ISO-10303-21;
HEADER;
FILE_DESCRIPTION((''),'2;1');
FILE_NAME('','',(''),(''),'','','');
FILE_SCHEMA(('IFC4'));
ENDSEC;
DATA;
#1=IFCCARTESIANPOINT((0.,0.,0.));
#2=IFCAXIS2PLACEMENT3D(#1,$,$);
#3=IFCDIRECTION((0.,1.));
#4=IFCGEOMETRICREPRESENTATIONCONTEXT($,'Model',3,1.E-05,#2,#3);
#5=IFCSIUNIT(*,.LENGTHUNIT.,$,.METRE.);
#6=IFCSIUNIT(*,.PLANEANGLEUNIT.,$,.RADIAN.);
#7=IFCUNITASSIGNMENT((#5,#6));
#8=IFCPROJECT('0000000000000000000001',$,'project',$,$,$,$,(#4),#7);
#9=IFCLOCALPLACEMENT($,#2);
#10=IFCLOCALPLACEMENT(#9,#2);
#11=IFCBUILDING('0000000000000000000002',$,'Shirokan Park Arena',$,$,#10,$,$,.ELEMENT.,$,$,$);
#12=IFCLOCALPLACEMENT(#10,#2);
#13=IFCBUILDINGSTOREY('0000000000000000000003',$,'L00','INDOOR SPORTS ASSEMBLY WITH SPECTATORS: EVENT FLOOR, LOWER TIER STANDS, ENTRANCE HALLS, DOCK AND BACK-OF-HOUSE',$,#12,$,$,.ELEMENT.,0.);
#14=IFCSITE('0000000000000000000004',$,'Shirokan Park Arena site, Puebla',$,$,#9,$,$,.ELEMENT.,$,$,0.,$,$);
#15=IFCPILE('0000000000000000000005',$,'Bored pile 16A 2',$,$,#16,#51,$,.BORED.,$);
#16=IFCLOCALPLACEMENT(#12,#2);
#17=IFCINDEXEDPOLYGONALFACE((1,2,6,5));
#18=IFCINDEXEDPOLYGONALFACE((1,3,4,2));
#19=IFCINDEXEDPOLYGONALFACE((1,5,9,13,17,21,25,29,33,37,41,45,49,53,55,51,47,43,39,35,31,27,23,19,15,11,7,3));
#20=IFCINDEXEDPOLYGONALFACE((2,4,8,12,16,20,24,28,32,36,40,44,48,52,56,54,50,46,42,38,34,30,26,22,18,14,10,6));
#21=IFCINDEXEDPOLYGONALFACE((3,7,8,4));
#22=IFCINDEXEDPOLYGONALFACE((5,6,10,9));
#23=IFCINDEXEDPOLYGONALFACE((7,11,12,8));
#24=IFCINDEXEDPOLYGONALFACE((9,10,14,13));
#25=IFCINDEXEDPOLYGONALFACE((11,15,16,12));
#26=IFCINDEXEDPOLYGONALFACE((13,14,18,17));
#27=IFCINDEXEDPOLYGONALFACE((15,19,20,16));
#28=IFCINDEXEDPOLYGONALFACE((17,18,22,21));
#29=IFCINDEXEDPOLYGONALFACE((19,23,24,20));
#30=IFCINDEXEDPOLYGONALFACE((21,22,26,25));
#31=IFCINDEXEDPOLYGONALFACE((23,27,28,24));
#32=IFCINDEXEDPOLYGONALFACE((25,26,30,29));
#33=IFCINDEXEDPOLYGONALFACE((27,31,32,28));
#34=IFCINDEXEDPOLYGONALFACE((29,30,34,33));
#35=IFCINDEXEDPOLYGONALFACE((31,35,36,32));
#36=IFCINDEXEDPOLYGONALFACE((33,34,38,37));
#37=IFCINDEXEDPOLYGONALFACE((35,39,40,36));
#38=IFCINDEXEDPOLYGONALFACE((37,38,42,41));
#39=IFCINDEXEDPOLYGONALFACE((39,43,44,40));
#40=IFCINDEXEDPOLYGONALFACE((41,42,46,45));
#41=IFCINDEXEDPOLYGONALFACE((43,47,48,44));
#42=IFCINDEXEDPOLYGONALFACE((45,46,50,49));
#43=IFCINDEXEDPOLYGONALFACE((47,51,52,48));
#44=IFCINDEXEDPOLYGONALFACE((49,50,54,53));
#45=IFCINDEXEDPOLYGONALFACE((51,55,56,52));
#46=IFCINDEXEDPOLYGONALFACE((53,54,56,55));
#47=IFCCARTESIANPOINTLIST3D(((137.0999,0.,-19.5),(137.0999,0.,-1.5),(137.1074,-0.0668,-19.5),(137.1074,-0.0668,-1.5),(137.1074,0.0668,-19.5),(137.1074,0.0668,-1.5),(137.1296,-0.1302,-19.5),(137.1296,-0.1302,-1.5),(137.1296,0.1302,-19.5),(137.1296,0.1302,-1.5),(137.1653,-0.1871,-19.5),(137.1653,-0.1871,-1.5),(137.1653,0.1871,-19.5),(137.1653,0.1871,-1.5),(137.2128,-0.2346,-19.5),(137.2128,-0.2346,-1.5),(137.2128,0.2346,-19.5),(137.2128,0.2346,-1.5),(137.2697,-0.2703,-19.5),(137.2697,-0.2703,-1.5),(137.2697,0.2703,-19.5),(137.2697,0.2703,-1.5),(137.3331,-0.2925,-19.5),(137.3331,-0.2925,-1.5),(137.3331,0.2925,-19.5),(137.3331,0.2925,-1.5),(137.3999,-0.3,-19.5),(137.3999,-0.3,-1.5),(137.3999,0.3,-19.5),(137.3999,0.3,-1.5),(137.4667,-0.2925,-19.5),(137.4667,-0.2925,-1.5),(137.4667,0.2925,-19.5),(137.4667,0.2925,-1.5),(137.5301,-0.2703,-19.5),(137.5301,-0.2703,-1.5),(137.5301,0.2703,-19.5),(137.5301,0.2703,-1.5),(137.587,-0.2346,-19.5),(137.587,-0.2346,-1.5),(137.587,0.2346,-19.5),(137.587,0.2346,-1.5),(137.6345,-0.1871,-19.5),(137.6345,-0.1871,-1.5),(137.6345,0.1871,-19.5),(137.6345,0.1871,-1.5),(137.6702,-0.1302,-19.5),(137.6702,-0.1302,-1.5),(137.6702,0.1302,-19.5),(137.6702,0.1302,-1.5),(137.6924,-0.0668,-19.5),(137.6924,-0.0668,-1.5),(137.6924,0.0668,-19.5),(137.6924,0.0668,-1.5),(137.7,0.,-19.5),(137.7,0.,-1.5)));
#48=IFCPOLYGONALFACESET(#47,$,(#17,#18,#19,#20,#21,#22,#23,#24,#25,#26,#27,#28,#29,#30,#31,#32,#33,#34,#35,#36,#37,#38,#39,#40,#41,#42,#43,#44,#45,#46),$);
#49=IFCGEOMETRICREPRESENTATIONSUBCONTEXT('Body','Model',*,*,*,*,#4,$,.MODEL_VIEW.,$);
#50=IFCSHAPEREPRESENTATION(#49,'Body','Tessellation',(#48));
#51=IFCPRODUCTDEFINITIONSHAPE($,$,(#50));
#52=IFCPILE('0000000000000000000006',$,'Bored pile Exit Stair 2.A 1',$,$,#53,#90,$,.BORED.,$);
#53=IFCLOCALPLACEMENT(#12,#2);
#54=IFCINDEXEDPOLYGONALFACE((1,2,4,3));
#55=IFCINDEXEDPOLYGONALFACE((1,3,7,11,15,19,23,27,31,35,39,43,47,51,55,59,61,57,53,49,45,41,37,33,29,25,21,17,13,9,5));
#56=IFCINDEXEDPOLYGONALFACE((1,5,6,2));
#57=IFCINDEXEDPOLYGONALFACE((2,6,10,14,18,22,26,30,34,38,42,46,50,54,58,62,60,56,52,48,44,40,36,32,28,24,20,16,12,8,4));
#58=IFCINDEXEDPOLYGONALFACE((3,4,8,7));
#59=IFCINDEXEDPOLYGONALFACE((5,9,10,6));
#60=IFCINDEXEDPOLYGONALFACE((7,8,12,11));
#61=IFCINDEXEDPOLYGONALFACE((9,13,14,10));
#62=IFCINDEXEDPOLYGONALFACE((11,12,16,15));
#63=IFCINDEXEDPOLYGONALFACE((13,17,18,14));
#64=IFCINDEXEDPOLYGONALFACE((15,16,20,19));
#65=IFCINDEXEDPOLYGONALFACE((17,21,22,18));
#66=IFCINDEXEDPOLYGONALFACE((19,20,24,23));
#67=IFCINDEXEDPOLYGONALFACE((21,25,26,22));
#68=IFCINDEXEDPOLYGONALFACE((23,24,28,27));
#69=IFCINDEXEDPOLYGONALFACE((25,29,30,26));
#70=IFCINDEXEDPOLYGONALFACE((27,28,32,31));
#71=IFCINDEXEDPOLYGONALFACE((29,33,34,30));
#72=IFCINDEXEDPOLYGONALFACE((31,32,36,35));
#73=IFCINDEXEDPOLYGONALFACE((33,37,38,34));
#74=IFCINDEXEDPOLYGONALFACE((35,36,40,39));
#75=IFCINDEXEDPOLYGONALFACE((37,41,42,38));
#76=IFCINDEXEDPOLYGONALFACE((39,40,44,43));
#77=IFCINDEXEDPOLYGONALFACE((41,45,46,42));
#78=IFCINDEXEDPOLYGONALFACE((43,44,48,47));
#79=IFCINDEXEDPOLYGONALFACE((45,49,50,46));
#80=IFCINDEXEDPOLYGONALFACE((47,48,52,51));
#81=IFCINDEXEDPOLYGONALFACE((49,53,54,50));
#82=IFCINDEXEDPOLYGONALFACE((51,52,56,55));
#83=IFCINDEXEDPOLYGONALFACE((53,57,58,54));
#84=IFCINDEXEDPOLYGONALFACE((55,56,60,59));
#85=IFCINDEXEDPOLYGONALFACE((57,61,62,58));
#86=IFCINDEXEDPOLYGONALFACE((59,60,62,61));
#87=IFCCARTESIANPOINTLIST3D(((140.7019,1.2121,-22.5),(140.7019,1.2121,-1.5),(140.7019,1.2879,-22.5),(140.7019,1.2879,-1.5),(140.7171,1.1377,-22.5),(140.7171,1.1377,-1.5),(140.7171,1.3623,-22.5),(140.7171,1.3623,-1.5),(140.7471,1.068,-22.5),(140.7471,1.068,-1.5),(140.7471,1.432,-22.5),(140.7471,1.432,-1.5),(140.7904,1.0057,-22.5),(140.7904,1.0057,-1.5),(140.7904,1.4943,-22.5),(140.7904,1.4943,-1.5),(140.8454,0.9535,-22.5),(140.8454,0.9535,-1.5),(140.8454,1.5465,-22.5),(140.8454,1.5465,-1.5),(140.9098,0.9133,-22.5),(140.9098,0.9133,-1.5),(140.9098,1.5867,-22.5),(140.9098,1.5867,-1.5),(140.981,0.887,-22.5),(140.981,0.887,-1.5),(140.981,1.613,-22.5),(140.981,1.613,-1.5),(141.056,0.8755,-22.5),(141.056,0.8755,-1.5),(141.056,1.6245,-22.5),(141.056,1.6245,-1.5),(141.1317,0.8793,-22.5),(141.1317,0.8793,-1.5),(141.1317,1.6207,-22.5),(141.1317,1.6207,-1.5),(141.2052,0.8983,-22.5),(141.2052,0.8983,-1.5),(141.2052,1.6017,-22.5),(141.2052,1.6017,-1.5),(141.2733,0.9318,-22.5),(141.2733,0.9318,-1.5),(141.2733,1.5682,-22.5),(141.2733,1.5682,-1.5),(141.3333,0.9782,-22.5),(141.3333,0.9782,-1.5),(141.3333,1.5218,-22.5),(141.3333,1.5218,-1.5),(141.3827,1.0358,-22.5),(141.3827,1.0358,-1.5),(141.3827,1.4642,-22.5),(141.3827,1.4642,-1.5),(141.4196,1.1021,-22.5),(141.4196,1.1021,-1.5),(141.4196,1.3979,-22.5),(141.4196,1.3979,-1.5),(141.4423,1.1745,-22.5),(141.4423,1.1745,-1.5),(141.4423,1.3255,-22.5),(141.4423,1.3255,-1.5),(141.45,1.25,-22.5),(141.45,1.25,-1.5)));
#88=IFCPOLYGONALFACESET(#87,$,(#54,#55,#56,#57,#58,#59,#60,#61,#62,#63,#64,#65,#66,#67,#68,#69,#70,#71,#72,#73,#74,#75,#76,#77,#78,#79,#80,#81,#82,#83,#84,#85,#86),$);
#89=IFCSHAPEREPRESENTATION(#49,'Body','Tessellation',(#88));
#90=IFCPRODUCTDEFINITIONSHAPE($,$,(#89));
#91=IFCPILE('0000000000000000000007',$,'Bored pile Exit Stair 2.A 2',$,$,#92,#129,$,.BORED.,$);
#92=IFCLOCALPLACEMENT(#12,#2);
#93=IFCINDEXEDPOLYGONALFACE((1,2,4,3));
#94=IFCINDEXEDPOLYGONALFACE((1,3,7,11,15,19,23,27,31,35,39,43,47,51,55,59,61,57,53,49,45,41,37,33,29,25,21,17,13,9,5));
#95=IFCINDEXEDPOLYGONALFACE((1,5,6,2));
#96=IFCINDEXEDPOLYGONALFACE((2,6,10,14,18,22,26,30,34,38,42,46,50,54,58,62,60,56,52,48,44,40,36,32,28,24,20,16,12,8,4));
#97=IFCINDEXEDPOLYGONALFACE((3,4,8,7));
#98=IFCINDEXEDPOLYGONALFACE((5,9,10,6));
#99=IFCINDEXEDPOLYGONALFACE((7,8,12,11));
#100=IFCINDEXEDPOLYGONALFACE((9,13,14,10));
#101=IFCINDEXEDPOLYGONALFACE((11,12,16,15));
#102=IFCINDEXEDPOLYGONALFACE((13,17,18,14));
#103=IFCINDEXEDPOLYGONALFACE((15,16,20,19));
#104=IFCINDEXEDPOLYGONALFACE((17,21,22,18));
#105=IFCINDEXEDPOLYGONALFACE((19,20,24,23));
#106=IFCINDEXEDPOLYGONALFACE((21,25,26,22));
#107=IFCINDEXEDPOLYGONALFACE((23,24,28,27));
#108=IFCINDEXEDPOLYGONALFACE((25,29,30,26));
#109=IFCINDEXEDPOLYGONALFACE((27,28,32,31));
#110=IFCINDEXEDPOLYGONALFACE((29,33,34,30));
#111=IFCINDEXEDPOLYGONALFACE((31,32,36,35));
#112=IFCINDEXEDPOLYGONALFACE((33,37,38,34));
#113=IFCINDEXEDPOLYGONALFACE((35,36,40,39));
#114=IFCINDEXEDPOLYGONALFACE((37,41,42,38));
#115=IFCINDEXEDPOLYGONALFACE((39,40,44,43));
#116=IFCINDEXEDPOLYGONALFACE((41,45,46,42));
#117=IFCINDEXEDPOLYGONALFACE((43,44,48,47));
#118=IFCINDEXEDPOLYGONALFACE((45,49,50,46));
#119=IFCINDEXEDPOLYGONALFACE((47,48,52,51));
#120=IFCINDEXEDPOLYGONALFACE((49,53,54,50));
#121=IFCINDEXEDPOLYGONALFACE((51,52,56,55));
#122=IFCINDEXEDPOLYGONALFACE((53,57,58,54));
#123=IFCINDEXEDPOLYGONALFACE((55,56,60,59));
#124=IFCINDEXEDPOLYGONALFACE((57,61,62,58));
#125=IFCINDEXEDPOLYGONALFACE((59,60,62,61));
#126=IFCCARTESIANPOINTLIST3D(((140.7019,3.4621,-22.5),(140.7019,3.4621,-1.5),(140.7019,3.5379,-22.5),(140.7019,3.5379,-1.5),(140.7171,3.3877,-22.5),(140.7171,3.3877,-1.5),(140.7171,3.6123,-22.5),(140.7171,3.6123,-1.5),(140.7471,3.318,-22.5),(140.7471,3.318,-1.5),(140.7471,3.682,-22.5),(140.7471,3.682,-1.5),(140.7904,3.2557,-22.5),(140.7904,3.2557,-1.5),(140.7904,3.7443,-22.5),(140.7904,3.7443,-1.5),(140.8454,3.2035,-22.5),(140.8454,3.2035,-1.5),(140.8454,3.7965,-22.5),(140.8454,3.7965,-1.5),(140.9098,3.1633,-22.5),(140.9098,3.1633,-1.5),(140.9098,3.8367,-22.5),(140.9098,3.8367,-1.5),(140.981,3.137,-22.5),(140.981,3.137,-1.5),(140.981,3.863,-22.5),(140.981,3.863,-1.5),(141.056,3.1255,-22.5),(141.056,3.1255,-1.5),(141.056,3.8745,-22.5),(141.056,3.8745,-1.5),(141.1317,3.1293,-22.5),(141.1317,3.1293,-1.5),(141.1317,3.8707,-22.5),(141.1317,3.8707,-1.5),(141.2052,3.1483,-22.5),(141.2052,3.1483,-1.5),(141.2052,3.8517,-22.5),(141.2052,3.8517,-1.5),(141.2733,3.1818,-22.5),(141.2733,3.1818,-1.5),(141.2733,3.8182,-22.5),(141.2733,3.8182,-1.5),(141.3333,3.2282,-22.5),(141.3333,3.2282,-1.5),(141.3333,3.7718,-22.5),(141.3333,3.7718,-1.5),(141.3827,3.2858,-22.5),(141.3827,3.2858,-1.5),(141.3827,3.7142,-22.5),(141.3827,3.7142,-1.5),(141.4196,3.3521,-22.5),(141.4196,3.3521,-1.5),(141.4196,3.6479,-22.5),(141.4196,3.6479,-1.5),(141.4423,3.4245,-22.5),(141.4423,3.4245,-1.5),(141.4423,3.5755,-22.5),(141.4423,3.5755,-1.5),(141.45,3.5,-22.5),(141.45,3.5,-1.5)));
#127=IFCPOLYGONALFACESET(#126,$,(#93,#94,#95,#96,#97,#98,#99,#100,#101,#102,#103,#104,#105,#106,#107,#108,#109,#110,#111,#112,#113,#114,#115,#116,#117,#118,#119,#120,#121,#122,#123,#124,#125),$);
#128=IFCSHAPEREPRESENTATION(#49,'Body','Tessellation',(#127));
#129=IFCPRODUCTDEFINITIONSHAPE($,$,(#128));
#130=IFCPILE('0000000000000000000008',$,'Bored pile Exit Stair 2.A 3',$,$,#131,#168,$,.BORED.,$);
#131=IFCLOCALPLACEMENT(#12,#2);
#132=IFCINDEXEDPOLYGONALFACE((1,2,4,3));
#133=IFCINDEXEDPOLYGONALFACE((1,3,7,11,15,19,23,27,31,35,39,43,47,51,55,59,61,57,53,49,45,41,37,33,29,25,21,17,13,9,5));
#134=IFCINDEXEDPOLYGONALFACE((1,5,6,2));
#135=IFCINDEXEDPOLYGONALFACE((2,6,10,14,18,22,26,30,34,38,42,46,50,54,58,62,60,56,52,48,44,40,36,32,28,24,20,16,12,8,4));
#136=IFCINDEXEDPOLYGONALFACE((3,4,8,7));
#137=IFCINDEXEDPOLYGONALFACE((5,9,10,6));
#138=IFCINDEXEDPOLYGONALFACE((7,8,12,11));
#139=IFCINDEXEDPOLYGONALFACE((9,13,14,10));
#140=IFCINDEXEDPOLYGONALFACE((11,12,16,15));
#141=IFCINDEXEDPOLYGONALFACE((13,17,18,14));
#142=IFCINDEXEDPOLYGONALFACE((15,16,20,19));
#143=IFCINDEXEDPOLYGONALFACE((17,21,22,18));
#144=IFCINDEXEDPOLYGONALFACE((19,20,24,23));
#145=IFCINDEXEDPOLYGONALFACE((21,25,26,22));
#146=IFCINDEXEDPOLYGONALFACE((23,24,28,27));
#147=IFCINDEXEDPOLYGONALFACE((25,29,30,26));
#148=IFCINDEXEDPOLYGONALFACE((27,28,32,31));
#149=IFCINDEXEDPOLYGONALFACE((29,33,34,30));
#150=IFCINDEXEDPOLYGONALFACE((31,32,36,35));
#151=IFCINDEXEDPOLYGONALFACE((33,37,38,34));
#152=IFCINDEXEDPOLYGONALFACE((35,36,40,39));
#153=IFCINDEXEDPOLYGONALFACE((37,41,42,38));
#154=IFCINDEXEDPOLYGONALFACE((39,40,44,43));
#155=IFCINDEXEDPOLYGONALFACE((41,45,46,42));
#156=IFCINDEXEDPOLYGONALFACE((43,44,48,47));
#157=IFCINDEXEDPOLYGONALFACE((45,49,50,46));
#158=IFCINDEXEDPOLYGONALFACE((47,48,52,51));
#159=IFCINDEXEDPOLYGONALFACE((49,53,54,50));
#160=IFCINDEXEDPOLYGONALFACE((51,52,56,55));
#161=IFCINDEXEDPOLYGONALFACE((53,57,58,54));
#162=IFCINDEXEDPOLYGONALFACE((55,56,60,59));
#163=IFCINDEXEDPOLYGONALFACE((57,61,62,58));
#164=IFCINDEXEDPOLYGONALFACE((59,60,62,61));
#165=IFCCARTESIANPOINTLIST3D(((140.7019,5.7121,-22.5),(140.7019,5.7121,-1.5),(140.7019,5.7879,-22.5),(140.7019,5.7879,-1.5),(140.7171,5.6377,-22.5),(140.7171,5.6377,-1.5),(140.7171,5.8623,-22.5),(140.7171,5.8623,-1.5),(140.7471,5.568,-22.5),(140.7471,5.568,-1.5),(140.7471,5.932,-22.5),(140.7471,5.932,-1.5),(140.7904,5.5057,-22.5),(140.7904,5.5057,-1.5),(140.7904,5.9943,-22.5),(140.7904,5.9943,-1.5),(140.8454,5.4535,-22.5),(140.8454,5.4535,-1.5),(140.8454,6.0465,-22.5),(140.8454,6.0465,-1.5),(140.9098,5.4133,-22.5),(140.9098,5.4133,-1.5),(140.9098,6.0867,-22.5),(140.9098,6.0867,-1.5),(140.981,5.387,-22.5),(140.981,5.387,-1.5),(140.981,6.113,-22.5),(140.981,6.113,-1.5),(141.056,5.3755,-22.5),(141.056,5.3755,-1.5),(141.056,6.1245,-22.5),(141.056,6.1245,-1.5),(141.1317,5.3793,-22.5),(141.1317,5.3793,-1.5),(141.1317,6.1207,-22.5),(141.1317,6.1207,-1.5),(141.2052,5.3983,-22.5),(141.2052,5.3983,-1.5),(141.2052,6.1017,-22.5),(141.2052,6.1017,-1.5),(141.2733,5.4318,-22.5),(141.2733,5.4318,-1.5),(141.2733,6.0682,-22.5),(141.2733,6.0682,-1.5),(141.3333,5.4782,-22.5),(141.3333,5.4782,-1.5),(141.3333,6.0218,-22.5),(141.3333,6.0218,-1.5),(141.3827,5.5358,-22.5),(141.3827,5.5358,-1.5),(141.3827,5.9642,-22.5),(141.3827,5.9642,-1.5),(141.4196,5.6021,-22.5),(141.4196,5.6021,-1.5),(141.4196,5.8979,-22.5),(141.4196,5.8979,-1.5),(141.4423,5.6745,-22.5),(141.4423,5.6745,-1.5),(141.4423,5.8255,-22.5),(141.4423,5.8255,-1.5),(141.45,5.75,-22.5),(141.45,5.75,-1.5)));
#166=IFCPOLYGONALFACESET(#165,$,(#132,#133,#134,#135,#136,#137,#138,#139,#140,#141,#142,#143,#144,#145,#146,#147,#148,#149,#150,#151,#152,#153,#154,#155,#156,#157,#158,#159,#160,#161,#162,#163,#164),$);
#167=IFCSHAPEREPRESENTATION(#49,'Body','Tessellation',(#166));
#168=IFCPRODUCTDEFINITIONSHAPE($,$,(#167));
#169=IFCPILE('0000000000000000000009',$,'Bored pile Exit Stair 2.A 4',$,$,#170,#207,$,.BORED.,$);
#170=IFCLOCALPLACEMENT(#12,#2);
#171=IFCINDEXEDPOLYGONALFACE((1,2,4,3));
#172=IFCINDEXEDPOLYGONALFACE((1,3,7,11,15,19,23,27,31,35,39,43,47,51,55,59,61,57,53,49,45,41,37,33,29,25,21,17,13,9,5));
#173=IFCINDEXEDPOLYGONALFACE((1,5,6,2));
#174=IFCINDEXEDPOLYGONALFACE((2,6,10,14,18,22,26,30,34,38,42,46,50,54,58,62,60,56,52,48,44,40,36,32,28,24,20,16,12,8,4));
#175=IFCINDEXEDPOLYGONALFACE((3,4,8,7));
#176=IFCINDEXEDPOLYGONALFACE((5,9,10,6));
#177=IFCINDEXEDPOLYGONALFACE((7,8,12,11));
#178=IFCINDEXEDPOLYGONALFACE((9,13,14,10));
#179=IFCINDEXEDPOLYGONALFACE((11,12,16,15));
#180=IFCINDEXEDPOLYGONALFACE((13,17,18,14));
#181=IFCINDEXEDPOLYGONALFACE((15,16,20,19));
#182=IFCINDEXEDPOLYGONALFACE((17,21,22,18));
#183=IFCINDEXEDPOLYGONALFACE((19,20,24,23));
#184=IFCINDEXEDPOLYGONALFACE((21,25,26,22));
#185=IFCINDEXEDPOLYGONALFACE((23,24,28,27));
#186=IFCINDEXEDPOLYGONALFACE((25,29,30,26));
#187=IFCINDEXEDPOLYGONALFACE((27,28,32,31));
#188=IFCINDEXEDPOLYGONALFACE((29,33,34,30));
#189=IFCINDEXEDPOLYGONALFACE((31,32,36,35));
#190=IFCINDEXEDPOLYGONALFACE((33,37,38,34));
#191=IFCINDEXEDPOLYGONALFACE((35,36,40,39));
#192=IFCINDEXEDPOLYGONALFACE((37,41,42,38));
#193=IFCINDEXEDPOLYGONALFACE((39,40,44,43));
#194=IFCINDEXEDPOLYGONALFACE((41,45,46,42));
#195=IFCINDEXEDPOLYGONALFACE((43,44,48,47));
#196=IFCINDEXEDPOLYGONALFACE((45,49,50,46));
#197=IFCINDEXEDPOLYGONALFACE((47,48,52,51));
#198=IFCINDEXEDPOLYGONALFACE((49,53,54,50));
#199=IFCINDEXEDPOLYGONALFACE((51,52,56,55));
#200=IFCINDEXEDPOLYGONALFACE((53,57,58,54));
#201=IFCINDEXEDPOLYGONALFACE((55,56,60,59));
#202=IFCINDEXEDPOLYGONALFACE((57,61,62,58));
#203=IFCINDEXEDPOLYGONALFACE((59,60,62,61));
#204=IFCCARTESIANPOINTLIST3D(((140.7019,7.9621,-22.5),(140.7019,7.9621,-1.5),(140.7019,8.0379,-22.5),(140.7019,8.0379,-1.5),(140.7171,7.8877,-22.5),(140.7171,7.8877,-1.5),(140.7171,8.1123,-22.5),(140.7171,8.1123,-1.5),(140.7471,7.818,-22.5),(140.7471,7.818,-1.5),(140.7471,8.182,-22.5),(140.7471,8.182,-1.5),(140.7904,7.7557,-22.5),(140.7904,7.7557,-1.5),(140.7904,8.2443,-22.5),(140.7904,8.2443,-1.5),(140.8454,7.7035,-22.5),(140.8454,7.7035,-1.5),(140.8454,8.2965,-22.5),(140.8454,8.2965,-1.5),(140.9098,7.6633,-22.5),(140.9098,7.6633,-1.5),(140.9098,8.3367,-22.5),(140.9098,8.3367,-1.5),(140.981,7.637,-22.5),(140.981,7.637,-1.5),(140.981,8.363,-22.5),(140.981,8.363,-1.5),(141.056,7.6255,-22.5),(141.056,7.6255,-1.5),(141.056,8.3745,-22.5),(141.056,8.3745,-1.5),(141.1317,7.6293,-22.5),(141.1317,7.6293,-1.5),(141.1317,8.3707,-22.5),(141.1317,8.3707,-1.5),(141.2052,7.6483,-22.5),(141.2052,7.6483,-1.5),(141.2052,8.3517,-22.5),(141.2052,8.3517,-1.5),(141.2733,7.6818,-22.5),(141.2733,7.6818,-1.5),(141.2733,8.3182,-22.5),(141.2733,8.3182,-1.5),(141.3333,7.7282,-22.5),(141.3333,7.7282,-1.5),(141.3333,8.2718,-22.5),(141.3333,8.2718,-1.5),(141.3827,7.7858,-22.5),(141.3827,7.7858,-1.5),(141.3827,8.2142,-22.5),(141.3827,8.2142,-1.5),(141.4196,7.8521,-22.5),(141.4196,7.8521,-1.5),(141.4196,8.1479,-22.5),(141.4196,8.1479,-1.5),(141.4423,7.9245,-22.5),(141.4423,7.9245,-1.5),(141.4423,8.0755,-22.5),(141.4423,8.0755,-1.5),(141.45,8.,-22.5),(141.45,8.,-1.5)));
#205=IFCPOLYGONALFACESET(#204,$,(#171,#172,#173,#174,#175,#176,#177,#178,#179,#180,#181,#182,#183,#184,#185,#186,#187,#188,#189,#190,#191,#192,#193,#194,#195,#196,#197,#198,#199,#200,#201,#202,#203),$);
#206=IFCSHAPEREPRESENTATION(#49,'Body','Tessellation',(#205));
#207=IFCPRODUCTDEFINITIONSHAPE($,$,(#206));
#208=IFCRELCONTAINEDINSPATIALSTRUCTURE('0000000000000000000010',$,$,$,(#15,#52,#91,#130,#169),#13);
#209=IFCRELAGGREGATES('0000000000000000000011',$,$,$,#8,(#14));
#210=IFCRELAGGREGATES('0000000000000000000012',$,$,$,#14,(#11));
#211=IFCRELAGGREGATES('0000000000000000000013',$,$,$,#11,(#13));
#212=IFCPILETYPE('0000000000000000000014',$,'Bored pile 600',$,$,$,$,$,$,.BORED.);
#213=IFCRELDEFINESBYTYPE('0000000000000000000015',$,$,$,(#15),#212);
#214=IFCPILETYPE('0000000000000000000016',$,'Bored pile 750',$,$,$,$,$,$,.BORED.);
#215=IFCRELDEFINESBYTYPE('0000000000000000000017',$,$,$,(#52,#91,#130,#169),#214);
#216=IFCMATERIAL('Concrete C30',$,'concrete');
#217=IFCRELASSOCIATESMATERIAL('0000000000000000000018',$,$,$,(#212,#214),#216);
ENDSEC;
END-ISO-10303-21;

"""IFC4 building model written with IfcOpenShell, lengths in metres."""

from ifc_helpers import new_model, si_unit, direction, frame, origin, origin_2d, place, context, subcontext, project, spatial, circle, extrude, material, material_profile, profile_set, type_object, element, save


model = new_model("IFC4")

# Units and contexts
model_context = context("Model", 3, precision=1e-05, world=origin(), true_north=direction((0.0, 1.0)))
body_context = subcontext(model_context, "Body", "Model", "MODEL_VIEW")
ifc_project = project(units=[si_unit("LENGTHUNIT", "METRE"), si_unit("PLANEANGLEUNIT", "RADIAN")], contexts=[model_context])

# Site, building, storey
site_placement = place(None, origin())
site = spatial("IfcSite", under=ifc_project, at=site_placement, Name="Shirokan Park Arena site, Puebla", CompositionType="ELEMENT", RefElevation=0.0)
building_placement = place(site_placement, origin())
building = spatial("IfcBuilding", under=site, at=building_placement, Name="Shirokan Park Arena", CompositionType="ELEMENT")
storey_placement = place(building_placement, origin())
storey = spatial("IfcBuildingStorey", under=building, at=storey_placement, Name="L00", Description="INDOOR SPORTS ASSEMBLY WITH SPECTATORS: EVENT FLOOR, LOWER TIER STANDS, ENTRANCE HALLS, DOCK AND BACK-OF-HOUSE", CompositionType="ELEMENT", Elevation=0.0)

# Piles
ifc_material_1 = material(Name="Concrete C30", Category="concrete")
ifc_material_profile_1 = material_profile(ifc_material_1, circle(Radius=0.3, at=origin_2d()), Name="D600")
ifc_profile_set_1 = profile_set([ifc_material_profile_1], Name="Concrete C30")
pile_type_1 = type_object("IfcPileType", Name="Bored pile 600", PredefinedType="BORED", material=ifc_profile_set_1)
pile_placement = place(storey_placement, frame((137.3999, 0.0, -1.5), z_axis=(0.0, 0.0, -1.0), x_axis=(1.0, 0.0, 0.0)))
element("IfcPile", 1, at=pile_placement, inside=storey, type_object=pile_type_1, Name="Bored pile 16A 2", PredefinedType="BORED", context=body_context, shape_type="SweptSolid", body=[
    extrude(circle(Radius=0.3, at=origin_2d()), origin(), (0.0, 0.0, 1.0), 18.0),
])
ifc_material_profile_2 = material_profile(ifc_material_1, circle(Radius=0.375, at=origin_2d()), Name="D750")
ifc_profile_set_2 = profile_set([ifc_material_profile_2], Name="Concrete C30")
pile_type_2 = type_object("IfcPileType", Name="Bored pile 750", PredefinedType="BORED", material=ifc_profile_set_2)
for number, where, z_axis, x_axis, name in (
    (2, (141.075, 1.25, -1.5), (0.0, 0.0, -1.0), (1.0, 0.0, 0.0), "Bored pile Exit Stair 2.A 1"),
    (3, (141.075, 3.5, -1.5), (0.0, 0.0, -1.0), (1.0, 0.0, 0.0), "Bored pile Exit Stair 2.A 2"),
    (4, (141.075, 5.75, -1.5), (0.0, 0.0, -1.0), (1.0, 0.0, 0.0), "Bored pile Exit Stair 2.A 3"),
    (5, (141.075, 8.0, -1.5), (0.0, 0.0, -1.0), (1.0, 0.0, 0.0), "Bored pile Exit Stair 2.A 4"),
):
    element("IfcPile", number, at=place(storey_placement, frame(where, z_axis=z_axis, x_axis=x_axis)), inside=storey, type_object=pile_type_2, Name=name, PredefinedType="BORED", context=body_context, shape_type="SweptSolid", body=[
        extrude(circle(Radius=0.375, at=origin_2d()), origin(), (0.0, 0.0, 1.0), 21.0),
    ])

save(model, "model.ifc")
